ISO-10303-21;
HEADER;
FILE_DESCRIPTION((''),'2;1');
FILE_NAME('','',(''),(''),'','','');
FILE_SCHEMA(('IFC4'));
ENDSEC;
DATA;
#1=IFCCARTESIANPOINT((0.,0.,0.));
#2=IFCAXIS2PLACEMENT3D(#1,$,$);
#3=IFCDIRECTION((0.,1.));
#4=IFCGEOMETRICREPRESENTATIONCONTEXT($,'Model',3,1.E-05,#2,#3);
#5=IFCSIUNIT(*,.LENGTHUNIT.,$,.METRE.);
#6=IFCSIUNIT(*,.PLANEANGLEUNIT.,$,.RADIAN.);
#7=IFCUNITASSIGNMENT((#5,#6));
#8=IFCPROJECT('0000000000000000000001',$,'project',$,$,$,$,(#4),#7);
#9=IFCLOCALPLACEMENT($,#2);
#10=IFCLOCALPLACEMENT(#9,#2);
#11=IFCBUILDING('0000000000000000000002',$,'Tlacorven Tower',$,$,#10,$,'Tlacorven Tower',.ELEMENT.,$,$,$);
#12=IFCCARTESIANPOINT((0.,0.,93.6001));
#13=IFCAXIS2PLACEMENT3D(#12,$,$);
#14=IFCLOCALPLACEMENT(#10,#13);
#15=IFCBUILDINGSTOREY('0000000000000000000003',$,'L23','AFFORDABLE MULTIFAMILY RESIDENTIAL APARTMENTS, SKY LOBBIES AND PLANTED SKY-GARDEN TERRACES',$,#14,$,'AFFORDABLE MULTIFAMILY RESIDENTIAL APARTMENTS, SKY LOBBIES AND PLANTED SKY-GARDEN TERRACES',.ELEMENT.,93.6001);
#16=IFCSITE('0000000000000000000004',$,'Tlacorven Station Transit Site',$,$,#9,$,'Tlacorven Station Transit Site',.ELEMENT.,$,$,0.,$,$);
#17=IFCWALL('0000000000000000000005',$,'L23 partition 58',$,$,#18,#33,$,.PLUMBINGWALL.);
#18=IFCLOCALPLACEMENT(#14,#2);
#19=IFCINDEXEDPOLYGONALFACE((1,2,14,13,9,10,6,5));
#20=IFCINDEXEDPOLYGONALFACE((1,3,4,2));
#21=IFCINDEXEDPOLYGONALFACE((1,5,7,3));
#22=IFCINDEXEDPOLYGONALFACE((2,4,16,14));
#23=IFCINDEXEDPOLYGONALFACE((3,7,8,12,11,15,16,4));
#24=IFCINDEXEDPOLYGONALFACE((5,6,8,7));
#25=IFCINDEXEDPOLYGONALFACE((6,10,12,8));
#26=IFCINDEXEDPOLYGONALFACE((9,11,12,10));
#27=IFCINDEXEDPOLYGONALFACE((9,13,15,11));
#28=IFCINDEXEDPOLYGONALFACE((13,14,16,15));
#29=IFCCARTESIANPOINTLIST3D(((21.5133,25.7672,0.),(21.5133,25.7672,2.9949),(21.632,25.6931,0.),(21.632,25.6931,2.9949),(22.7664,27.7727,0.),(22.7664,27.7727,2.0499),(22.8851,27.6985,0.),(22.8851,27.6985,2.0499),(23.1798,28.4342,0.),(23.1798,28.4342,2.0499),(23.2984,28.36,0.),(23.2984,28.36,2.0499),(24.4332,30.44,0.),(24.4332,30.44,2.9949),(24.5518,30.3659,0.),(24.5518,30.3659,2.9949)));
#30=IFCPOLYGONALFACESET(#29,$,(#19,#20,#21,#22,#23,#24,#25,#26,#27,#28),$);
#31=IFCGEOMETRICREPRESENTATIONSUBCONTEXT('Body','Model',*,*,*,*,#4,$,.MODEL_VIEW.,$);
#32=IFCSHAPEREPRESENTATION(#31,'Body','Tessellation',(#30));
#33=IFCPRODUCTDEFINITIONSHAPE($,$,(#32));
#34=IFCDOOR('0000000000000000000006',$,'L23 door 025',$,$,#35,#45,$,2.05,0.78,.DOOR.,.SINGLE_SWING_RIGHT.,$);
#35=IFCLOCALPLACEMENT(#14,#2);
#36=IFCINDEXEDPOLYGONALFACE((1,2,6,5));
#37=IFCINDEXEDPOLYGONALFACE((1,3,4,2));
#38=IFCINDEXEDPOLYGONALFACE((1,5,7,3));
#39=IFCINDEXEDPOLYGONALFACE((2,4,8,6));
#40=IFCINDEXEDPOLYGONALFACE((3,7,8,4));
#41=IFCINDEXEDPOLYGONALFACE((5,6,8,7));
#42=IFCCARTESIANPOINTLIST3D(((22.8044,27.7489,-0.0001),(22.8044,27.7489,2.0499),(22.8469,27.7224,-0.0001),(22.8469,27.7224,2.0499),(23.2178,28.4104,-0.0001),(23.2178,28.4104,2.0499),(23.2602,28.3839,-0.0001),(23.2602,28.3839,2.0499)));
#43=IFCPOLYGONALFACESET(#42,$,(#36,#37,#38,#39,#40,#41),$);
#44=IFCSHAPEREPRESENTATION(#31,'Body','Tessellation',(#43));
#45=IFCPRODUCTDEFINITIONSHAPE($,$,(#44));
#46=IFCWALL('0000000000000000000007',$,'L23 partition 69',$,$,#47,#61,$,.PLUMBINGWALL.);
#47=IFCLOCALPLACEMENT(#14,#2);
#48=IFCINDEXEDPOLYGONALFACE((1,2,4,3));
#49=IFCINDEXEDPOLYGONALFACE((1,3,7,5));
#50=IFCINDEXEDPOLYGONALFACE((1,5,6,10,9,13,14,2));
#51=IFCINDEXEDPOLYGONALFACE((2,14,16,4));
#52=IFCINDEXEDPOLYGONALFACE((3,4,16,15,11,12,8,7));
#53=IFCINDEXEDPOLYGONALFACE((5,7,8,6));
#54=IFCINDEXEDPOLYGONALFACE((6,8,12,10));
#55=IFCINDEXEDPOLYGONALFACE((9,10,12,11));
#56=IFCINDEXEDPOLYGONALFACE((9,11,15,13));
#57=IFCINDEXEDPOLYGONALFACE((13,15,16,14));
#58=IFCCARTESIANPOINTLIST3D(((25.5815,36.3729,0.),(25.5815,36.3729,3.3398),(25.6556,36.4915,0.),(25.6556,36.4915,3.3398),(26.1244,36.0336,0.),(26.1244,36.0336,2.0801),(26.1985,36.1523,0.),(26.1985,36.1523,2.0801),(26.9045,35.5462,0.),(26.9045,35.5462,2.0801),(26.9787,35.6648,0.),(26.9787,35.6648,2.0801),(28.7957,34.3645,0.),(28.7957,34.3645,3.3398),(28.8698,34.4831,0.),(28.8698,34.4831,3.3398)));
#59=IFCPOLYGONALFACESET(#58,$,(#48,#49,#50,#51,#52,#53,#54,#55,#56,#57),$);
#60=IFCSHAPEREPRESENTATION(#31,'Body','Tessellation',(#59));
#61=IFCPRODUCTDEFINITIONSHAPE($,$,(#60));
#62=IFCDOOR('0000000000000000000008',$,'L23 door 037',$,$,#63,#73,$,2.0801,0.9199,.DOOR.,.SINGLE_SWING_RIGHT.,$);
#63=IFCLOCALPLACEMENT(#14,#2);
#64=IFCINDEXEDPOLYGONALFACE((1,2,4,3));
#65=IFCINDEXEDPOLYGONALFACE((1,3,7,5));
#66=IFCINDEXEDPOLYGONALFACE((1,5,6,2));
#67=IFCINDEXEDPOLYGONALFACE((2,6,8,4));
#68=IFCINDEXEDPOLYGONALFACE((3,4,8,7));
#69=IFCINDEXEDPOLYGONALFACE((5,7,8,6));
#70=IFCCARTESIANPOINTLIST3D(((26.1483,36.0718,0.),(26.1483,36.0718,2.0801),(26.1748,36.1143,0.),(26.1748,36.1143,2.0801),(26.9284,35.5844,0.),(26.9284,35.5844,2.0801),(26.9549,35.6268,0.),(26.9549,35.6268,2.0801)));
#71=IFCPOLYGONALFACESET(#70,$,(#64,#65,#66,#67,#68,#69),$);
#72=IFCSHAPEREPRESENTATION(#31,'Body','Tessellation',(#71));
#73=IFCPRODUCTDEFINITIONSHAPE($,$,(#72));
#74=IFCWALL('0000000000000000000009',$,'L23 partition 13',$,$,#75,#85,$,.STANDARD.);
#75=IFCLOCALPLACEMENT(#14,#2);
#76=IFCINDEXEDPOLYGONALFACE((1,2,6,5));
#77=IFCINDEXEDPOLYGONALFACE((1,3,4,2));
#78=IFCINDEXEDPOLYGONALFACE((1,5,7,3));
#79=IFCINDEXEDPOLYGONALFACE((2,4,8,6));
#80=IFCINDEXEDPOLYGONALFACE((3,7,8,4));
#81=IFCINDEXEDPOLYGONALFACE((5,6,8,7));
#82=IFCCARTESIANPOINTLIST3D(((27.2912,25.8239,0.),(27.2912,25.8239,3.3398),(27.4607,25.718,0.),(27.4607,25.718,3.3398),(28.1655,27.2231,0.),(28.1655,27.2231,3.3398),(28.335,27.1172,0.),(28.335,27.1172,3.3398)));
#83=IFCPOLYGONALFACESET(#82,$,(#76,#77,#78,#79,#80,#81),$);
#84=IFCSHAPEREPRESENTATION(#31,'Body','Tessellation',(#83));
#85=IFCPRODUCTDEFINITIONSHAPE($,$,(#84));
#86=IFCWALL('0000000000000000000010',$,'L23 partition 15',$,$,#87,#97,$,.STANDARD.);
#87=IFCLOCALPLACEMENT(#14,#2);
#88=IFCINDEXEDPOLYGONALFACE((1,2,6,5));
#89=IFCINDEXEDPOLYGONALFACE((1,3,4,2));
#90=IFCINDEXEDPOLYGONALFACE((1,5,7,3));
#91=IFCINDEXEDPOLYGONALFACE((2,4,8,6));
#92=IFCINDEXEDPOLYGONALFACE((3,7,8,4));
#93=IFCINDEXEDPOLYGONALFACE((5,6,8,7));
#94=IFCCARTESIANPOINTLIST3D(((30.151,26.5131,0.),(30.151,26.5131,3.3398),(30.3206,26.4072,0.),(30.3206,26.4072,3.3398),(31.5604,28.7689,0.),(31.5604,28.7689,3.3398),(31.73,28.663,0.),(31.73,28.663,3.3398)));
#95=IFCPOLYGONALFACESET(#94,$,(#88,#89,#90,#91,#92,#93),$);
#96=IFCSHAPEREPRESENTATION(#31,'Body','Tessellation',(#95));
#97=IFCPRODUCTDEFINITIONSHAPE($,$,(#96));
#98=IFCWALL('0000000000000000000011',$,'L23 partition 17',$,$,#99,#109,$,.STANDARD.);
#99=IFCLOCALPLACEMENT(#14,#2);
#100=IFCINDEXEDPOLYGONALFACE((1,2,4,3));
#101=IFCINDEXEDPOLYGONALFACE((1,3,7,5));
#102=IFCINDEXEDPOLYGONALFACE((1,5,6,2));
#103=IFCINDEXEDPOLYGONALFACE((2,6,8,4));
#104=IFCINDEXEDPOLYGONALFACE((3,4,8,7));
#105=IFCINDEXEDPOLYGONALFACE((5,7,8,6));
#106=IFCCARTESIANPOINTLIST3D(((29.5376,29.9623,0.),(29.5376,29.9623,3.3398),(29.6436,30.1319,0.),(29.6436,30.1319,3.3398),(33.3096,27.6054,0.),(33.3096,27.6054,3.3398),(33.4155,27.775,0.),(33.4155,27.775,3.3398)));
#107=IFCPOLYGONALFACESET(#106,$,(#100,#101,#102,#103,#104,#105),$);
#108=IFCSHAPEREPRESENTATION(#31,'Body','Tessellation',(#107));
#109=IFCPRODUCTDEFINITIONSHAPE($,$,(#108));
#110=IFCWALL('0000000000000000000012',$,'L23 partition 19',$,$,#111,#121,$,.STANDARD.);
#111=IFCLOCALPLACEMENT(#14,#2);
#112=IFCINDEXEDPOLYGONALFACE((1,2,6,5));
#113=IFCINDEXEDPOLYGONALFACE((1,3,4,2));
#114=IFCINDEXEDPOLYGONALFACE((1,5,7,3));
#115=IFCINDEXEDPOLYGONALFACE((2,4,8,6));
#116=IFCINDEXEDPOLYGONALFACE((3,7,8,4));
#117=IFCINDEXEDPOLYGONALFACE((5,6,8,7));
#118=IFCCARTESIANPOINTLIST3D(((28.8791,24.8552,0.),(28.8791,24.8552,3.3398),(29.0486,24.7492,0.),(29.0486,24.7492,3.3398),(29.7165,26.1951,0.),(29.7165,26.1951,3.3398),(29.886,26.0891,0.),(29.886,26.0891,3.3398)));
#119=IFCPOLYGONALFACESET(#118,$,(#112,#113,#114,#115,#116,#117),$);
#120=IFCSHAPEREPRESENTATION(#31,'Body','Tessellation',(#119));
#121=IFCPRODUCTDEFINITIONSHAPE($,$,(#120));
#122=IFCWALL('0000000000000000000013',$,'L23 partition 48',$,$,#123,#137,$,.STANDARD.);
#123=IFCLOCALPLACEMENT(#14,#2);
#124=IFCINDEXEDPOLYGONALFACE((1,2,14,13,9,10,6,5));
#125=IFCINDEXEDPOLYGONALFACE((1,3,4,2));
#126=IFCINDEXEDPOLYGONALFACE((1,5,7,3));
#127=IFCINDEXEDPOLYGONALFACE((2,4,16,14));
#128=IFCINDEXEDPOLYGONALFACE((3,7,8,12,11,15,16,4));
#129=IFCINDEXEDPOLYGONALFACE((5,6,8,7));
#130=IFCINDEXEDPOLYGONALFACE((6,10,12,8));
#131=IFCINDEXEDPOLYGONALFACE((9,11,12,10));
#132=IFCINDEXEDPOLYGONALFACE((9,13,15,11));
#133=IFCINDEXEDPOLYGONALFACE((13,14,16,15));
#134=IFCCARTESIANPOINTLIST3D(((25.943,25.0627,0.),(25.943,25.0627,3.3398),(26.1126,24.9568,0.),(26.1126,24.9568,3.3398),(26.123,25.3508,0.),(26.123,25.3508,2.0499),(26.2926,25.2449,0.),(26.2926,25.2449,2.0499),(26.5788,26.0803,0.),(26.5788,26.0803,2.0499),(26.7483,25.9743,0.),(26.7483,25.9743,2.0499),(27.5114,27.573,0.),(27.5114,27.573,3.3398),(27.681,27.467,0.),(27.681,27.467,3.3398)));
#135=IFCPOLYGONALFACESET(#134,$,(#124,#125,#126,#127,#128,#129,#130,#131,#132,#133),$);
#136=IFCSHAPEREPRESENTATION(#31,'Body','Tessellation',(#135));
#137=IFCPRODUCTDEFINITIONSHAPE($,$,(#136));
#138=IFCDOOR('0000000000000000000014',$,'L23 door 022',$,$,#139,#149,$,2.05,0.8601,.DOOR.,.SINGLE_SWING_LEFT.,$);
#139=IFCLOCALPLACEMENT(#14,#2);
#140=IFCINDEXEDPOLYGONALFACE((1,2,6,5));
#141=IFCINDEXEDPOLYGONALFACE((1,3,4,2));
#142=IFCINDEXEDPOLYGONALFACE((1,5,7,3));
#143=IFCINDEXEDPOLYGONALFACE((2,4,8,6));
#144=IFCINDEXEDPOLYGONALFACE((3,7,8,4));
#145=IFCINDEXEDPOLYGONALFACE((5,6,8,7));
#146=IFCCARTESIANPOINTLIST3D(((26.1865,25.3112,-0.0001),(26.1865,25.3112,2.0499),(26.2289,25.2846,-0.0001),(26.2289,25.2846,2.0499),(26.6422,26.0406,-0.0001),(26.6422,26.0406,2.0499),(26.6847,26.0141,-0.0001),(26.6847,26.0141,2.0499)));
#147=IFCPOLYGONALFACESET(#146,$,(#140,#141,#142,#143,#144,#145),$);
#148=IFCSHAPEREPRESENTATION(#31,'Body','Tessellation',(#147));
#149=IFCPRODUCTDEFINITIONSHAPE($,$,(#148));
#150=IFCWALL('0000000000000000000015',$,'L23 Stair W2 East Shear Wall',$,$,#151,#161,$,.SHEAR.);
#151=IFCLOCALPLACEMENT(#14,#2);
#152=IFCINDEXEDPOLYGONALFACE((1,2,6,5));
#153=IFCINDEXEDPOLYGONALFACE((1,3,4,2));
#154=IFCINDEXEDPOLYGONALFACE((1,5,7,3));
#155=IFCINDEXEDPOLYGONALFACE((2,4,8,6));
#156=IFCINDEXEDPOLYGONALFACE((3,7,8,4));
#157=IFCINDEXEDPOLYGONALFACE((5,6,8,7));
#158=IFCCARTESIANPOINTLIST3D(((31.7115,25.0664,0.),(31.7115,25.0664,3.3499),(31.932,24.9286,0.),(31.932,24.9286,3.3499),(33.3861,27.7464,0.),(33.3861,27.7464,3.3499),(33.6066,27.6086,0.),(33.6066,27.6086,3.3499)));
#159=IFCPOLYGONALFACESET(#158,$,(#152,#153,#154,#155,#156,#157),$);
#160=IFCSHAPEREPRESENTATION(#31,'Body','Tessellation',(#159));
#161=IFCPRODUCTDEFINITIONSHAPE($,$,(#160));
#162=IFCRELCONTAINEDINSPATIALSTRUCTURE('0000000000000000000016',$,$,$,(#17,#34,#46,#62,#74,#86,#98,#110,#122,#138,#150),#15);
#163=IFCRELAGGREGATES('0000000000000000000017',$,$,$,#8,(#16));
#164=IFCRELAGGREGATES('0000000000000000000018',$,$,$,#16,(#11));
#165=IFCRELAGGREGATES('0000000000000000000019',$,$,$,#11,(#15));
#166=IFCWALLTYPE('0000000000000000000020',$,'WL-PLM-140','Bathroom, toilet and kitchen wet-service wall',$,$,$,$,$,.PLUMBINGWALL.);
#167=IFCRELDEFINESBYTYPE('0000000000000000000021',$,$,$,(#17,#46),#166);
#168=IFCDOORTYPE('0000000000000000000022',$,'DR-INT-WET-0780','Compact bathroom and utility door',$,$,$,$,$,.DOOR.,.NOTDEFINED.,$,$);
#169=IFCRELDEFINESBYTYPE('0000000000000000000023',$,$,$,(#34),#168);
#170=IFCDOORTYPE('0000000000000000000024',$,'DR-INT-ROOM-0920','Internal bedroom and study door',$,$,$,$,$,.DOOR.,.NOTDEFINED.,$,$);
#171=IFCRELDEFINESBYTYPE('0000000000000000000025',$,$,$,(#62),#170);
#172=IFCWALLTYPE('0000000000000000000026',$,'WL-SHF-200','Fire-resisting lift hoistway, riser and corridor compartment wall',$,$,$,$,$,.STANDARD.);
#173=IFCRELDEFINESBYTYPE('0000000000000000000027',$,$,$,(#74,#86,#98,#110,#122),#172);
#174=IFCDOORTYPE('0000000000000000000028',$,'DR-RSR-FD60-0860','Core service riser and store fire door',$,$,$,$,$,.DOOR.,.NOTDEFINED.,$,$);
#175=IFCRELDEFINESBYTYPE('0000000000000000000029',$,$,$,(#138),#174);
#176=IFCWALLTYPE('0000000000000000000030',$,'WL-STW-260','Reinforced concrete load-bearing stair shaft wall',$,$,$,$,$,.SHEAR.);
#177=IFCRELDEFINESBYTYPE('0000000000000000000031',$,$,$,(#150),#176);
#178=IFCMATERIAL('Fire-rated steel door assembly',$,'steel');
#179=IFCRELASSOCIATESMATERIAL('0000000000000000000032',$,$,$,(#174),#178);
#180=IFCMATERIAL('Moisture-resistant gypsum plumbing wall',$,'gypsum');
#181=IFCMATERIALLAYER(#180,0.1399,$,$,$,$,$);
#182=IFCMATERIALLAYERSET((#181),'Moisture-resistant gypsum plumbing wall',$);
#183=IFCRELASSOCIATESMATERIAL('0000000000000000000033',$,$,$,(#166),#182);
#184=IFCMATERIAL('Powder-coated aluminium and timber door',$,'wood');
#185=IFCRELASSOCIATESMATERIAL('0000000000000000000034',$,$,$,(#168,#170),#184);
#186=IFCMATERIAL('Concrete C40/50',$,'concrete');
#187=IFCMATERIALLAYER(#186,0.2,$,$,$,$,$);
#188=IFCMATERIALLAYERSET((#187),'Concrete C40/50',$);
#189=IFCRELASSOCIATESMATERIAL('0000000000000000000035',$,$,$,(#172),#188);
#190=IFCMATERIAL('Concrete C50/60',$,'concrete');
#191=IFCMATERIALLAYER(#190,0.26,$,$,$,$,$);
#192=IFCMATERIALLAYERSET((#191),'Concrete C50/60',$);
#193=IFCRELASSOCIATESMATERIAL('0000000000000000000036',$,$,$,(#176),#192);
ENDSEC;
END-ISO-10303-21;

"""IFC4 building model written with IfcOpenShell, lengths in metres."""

from ifc_helpers import new_model, si_unit, direction, frame, frame_2d, origin, place, context, subcontext, project, spatial, rectangle, extrude, source, transform, mapped, material, layer, layer_set, type_object, element, fill, save


model = new_model("IFC4")

# Units and contexts
model_context = context("Model", 3, precision=1e-05, world=origin(), true_north=direction((0.0, 1.0)))
body_context = subcontext(model_context, "Body", "Model", "MODEL_VIEW")
ifc_project = project(units=[si_unit("LENGTHUNIT", "METRE"), si_unit("PLANEANGLEUNIT", "RADIAN")], contexts=[model_context])

# Site, building, storey
site_placement = place(None, origin())
site = spatial("IfcSite", under=ifc_project, at=site_placement, Name="Tlacorven Station Transit Site", LongName="Tlacorven Station Transit Site", CompositionType="ELEMENT", RefElevation=0.0)
building_placement = place(site_placement, origin())
building = spatial("IfcBuilding", under=site, at=building_placement, Name="Tlacorven Tower", LongName="Tlacorven Tower", CompositionType="ELEMENT")
storey_placement = place(building_placement, frame((0.0, 0.0, 93.6001)))
storey = spatial("IfcBuildingStorey", under=building, at=storey_placement, Name="L23", Description="AFFORDABLE MULTIFAMILY RESIDENTIAL APARTMENTS, SKY LOBBIES AND PLANTED SKY-GARDEN TERRACES", LongName="AFFORDABLE MULTIFAMILY RESIDENTIAL APARTMENTS, SKY LOBBIES AND PLANTED SKY-GARDEN TERRACES", CompositionType="ELEMENT", Elevation=93.6001)

# Shared definitions
ifc_material_1 = material(Name="Fire-rated steel door assembly", Category="steel")
door_type_1 = type_object("IfcDoorType", Name="DR-RSR-FD60-0860", Description="Core service riser and store fire door", OperationType="NOTDEFINED", PredefinedType="DOOR", material=ifc_material_1)
shared_shape_1 = source(origin(), body_context, "Body", "SweptSolid", [
    extrude(rectangle(XDim=0.8601, YDim=2.05, at=frame_2d((0.4302, 1.0249))), frame((0.0, 0.0249, 0.0), z_axis=(0.0, -1.0, 0.0), x_axis=(1.0, 0.0, 0.0)), (0.0, 0.0, 1.0), 0.05),
])

# Walls, openings, doors
ifc_material_2 = material(Name="Moisture-resistant gypsum plumbing wall", Category="gypsum")
ifc_layer_1 = layer(ifc_material_2, 0.1399)
ifc_layer_set_1 = layer_set([ifc_layer_1], Name="Moisture-resistant gypsum plumbing wall")
wall_type_1 = type_object("IfcWallType", Name="WL-PLM-140", Description="Bathroom, toilet and kitchen wet-service wall", PredefinedType="PLUMBINGWALL", material=ifc_layer_set_1)
wall_1_placement = place(storey_placement, frame((24.4924, 30.4028, 0.0), z_axis=(0.0, 0.0, 1.0), x_axis=(-0.529919, -0.848048, 0.0)))
wall_1 = element("IfcWall", 1, at=wall_1_placement, inside=storey, type_object=wall_type_1, Name="L23 partition 58", PredefinedType="PLUMBINGWALL", context=body_context, shape_type="SweptSolid", body=[
    extrude(rectangle(XDim=5.51, YDim=0.1399, at=frame_2d((2.7549, 0.0))), origin(), (0.0, 0.0, 1.0), 2.9949),
])
opening_1_placement = place(wall_1_placement, frame((2.365, 0.0, 0.0)))
opening_1 = element("IfcOpeningElement", 2, at=opening_1_placement, cuts=wall_1, PredefinedType="OPENING", context=body_context, shape_type="SweptSolid", body=[
    extrude(rectangle(XDim=0.78, YDim=2.05, at=frame_2d((0.3901, 1.0249))), frame((0.0, 0.0801, 0.0), z_axis=(0.0, -1.0, 0.0), x_axis=(1.0, 0.0, 0.0)), (0.0, 0.0, 1.0), 0.1599),
])
ifc_material_3 = material(Name="Powder-coated aluminium and timber door", Category="wood")
door_type_2 = type_object("IfcDoorType", Name="DR-INT-WET-0780", Description="Compact bathroom and utility door", OperationType="NOTDEFINED", PredefinedType="DOOR", material=ifc_material_3)
shared_shape_2 = source(origin(), body_context, "Body", "SweptSolid", [
    extrude(rectangle(XDim=0.78, YDim=2.05, at=frame_2d((0.3901, 1.0249))), frame((0.0, 0.0249, 0.0), z_axis=(0.0, -1.0, 0.0), x_axis=(1.0, 0.0, 0.0)), (0.0, 0.0, 1.0), 0.05),
])
door_1_placement = place(opening_1_placement, origin())
door_1 = element("IfcDoor", 3, at=door_1_placement, inside=storey, type_object=door_type_2, Name="L23 door 025", OperationType="SINGLE_SWING_RIGHT", OverallHeight=2.05, OverallWidth=0.78, PredefinedType="DOOR", context=body_context, shape_type="MappedRepresentation", body=[
    mapped(shared_shape_2, transform((0.0, 0.0, 0.0), scale=1.0)),
])
fill(opening_1, door_1)
wall_2_placement = place(storey_placement, frame((28.8328, 34.4238, 0.0), z_axis=(0.0, 0.0, 1.0), x_axis=(-0.84806, 0.529901, 0.0)))
wall_2 = element("IfcWall", 4, at=wall_2_placement, inside=storey, type_object=wall_type_1, Name="L23 partition 69", PredefinedType="PLUMBINGWALL", context=body_context, shape_type="SweptSolid", body=[
    extrude(rectangle(XDim=3.79, YDim=0.1399, at=frame_2d((1.895, 0.0))), origin(), (0.0, 0.0, 1.0), 3.3398),
])
opening_2_placement = place(wall_2_placement, frame((2.23, 0.0, 0.0)))
opening_2 = element("IfcOpeningElement", 5, at=opening_2_placement, cuts=wall_2, PredefinedType="OPENING", context=body_context, shape_type="SweptSolid", body=[
    extrude(rectangle(XDim=0.9199, YDim=2.0801, at=frame_2d((0.46, 1.04))), frame((0.0, 0.0801, 0.0), z_axis=(0.0, -1.0, 0.0), x_axis=(1.0, 0.0, 0.0)), (0.0, 0.0, 1.0), 0.1599),
])
door_type_3 = type_object("IfcDoorType", Name="DR-INT-ROOM-0920", Description="Internal bedroom and study door", OperationType="NOTDEFINED", PredefinedType="DOOR", material=ifc_material_3)
shared_shape_3 = source(origin(), body_context, "Body", "SweptSolid", [
    extrude(rectangle(XDim=0.9199, YDim=2.0801, at=frame_2d((0.46, 1.04))), frame((0.0, 0.0249, 0.0), z_axis=(0.0, -1.0, 0.0), x_axis=(1.0, 0.0, 0.0)), (0.0, 0.0, 1.0), 0.05),
])
door_2_placement = place(opening_2_placement, origin())
door_2 = element("IfcDoor", 6, at=door_2_placement, inside=storey, type_object=door_type_3, Name="L23 door 037", OperationType="SINGLE_SWING_RIGHT", OverallHeight=2.0801, OverallWidth=0.9199, PredefinedType="DOOR", context=body_context, shape_type="MappedRepresentation", body=[
    mapped(shared_shape_3, transform((0.0, 0.0, 0.0), scale=1.0)),
])
fill(opening_2, door_2)

# Walls
ifc_material_4 = material(Name="Concrete C40/50", Category="concrete")
ifc_layer_2 = layer(ifc_material_4, 0.2)
ifc_layer_set_2 = layer_set([ifc_layer_2], Name="Concrete C40/50")
wall_type_2 = type_object("IfcWallType", Name="WL-SHF-200", Description="Fire-resisting lift hoistway, riser and corridor compartment wall", PredefinedType="STANDARD", material=ifc_layer_set_2)
wall_3_placement = place(storey_placement, frame((28.2502, 27.1702, 0.0), z_axis=(0.0, 0.0, 1.0), x_axis=(-0.529906, -0.848056, 0.0)))
element("IfcWall", 7, at=wall_3_placement, inside=storey, type_object=wall_type_2, Name="L23 partition 13", PredefinedType="STANDARD", context=body_context, shape_type="SweptSolid", body=[
    extrude(rectangle(XDim=1.6499, YDim=0.2, at=frame_2d((0.825, 0.0))), origin(), (0.0, 0.0, 1.0), 3.3398),
])
wall_4_placement = place(storey_placement, frame((31.6453, 28.7161, 0.0), z_axis=(0.0, 0.0, 1.0), x_axis=(-0.529867, -0.848081, 0.0)))
element("IfcWall", 8, at=wall_4_placement, inside=storey, type_object=wall_type_2, Name="L23 partition 15", PredefinedType="STANDARD", context=body_context, shape_type="SweptSolid", body=[
    extrude(rectangle(XDim=2.6599, YDim=0.2, at=frame_2d((1.3301, 0.0))), origin(), (0.0, 0.0, 1.0), 3.3398),
])
wall_5_placement = place(storey_placement, frame((33.3625, 27.6902, 0.0), z_axis=(0.0, 0.0, 1.0), x_axis=(-0.848054, 0.52991, 0.0)))
element("IfcWall", 9, at=wall_5_placement, inside=storey, type_object=wall_type_2, Name="L23 partition 17", PredefinedType="STANDARD", context=body_context, shape_type="SweptSolid", body=[
    extrude(rectangle(XDim=4.4478, YDim=0.2, at=frame_2d((2.2239, 0.0))), origin(), (0.0, 0.0, 1.0), 3.3398),
])
wall_6_placement = place(storey_placement, frame((29.8013, 26.1421, 0.0), z_axis=(0.0, 0.0, 1.0), x_axis=(-0.529999, -0.847998, 0.0)))
element("IfcWall", 10, at=wall_6_placement, inside=storey, type_object=wall_type_2, Name="L23 partition 19", PredefinedType="STANDARD", context=body_context, shape_type="SweptSolid", body=[
    extrude(rectangle(XDim=1.5801, YDim=0.2, at=frame_2d((0.79, 0.0))), origin(), (0.0, 0.0, 1.0), 3.3398),
])

# Wall, opening, door
wall_7_placement = place(storey_placement, frame((27.5962, 27.52, 0.0), z_axis=(0.0, 0.0, 1.0), x_axis=(-0.529865, -0.848082, 0.0)))
wall_7 = element("IfcWall", 11, at=wall_7_placement, inside=storey, type_object=wall_type_2, Name="L23 partition 48", PredefinedType="STANDARD", context=body_context, shape_type="SweptSolid", body=[
    extrude(rectangle(XDim=2.96, YDim=0.2, at=frame_2d((1.48, 0.0))), origin(), (0.0, 0.0, 1.0), 3.3398),
])
opening_3_placement = place(wall_7_placement, frame((1.76, 0.0, 0.0)))
opening_3 = element("IfcOpeningElement", 12, at=opening_3_placement, cuts=wall_7, PredefinedType="OPENING", context=body_context, shape_type="SweptSolid", body=[
    extrude(rectangle(XDim=0.8601, YDim=2.05, at=frame_2d((0.4302, 1.0249))), frame((0.0, 0.1099, 0.0), z_axis=(0.0, -1.0, 0.0), x_axis=(1.0, 0.0, 0.0)), (0.0, 0.0, 1.0), 0.22),
])
door_3_placement = place(opening_3_placement, origin())
door_3 = element("IfcDoor", 13, at=door_3_placement, inside=storey, type_object=door_type_1, Name="L23 door 022", OperationType="SINGLE_SWING_LEFT", OverallHeight=2.05, OverallWidth=0.8601, PredefinedType="DOOR", context=body_context, shape_type="MappedRepresentation", body=[
    mapped(shared_shape_1, transform((0.0, 0.0, 0.0), scale=1.0)),
])
fill(opening_3, door_3)

# Wall
ifc_material_5 = material(Name="Concrete C50/60", Category="concrete")
ifc_layer_3 = layer(ifc_material_5, 0.26)
ifc_layer_set_3 = layer_set([ifc_layer_3], Name="Concrete C50/60")
wall_type_3 = type_object("IfcWallType", Name="WL-STW-260", Description="Reinforced concrete load-bearing stair shaft wall", PredefinedType="SHEAR", material=ifc_layer_set_3)
wall_8_placement = place(storey_placement, frame((33.4963, 27.6775, 0.0), z_axis=(0.0, 0.0, 1.0), x_axis=(-0.529909, -0.848055, 0.0)))
element("IfcWall", 14, at=wall_8_placement, inside=storey, type_object=wall_type_3, Name="L23 Stair W2 East Shear Wall", PredefinedType="SHEAR", context=body_context, shape_type="SweptSolid", body=[
    extrude(rectangle(XDim=3.1602, YDim=0.26, at=frame_2d((1.5801, 0.0))), origin(), (0.0, 0.0, 1.0), 3.3499),
])

save(model, "model.ifc")
